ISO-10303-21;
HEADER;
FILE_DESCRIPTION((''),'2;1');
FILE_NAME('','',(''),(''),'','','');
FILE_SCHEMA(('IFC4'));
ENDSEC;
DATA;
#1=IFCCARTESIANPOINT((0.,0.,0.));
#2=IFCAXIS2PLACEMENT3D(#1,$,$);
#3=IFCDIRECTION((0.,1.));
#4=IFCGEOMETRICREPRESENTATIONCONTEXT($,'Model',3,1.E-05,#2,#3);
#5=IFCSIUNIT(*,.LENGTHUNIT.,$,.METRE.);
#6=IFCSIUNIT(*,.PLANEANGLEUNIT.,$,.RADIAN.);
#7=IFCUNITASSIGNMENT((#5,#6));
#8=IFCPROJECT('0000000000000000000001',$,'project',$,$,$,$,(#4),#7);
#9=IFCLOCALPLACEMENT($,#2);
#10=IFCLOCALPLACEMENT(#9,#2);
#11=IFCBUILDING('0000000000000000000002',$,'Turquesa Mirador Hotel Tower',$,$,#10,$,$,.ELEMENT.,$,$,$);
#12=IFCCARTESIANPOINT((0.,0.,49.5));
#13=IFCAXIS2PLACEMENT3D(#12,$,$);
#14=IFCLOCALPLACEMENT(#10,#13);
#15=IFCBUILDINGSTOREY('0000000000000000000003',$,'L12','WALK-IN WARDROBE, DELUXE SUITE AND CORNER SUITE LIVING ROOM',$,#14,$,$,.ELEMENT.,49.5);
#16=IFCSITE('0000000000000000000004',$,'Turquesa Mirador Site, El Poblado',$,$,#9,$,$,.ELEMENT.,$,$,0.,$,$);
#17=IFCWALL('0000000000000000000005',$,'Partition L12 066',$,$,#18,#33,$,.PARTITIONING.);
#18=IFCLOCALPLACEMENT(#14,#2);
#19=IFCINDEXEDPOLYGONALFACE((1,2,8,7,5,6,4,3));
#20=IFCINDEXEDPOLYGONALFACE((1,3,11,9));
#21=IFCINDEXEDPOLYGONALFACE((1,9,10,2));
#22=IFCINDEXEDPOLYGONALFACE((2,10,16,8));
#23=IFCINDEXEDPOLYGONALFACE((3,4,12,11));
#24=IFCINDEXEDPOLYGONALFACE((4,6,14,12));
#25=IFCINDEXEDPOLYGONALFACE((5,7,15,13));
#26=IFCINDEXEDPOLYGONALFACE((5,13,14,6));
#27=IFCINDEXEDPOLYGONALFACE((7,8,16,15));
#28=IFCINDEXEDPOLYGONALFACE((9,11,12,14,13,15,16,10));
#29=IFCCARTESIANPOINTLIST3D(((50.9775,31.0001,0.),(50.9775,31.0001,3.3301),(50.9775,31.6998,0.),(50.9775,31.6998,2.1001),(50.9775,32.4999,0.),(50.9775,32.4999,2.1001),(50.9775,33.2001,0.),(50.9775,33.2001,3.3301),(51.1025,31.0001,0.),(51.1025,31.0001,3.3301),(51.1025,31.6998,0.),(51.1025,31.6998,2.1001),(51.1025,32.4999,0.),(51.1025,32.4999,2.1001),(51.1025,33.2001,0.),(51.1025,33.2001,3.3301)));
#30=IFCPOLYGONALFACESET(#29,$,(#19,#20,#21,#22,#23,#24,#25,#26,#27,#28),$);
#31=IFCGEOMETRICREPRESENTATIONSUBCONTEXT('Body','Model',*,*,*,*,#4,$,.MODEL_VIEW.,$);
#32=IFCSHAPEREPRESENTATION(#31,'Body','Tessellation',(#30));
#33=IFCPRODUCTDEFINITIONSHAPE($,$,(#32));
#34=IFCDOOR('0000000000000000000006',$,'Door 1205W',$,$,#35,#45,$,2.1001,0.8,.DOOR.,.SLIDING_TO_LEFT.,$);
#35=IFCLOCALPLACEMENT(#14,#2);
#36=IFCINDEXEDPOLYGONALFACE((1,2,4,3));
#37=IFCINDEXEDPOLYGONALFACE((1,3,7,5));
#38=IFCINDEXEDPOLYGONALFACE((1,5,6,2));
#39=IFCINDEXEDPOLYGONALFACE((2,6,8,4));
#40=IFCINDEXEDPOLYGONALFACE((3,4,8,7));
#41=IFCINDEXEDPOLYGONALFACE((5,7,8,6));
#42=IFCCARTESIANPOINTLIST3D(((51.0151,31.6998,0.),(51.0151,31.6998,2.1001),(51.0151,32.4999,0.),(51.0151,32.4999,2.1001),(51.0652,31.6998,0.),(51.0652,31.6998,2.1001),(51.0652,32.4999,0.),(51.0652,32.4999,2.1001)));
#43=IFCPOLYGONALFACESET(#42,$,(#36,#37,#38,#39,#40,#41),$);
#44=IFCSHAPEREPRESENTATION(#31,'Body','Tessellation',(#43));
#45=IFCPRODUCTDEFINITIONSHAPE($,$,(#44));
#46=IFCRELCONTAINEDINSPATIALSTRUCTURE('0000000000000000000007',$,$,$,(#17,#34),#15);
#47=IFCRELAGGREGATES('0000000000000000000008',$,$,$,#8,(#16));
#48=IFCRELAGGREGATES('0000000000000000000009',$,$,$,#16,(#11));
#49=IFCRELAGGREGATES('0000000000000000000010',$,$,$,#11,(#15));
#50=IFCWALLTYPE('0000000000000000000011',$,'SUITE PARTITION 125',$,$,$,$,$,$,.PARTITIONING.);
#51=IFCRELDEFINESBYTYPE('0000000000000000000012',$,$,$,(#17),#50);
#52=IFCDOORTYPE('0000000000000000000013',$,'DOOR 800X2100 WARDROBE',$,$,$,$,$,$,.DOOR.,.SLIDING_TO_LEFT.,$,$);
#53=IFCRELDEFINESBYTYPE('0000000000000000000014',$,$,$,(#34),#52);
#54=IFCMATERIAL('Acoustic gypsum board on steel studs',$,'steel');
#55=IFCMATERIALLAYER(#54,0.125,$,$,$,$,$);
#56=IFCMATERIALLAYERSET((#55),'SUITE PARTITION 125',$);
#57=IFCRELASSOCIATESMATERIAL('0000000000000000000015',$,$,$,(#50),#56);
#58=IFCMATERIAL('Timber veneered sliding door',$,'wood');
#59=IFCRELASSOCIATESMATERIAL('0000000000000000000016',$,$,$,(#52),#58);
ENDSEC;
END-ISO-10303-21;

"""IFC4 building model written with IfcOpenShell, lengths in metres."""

from ifc_helpers import new_model, si_unit, direction, frame, frame_2d, origin, place, context, subcontext, project, spatial, rectangle, extrude, material, layer, layer_set, type_object, element, fill, save


model = new_model("IFC4")

# Units and contexts
model_context = context("Model", 3, precision=1e-05, world=origin(), true_north=direction((0.0, 1.0)))
body_context = subcontext(model_context, "Body", "Model", "MODEL_VIEW")
ifc_project = project(units=[si_unit("LENGTHUNIT", "METRE"), si_unit("PLANEANGLEUNIT", "RADIAN")], contexts=[model_context])

# Site, building, storey
site_placement = place(None, origin())
site = spatial("IfcSite", under=ifc_project, at=site_placement, Name="Turquesa Mirador Site, El Poblado", CompositionType="ELEMENT", RefElevation=0.0)
building_placement = place(site_placement, origin())
building = spatial("IfcBuilding", under=site, at=building_placement, Name="Turquesa Mirador Hotel Tower", CompositionType="ELEMENT")
storey_placement = place(building_placement, frame((0.0, 0.0, 49.5)))
storey = spatial("IfcBuildingStorey", under=building, at=storey_placement, Name="L12", Description="WALK-IN WARDROBE, DELUXE SUITE AND CORNER SUITE LIVING ROOM", CompositionType="ELEMENT", Elevation=49.5)

# Shared definitions
ifc_material_1 = material(Name="Acoustic gypsum board on steel studs", Category="steel")
ifc_layer_1 = layer(ifc_material_1, 0.125)
ifc_layer_set_1 = layer_set([ifc_layer_1], Name="SUITE PARTITION 125")
wall_type_1 = type_object("IfcWallType", Name="SUITE PARTITION 125", PredefinedType="PARTITIONING", material=ifc_layer_set_1)

# Wall, opening, door
wall_1_placement = place(storey_placement, frame((51.04, 31.0, 0.0), z_axis=(0.0, 0.0, 1.0), x_axis=(0.0, 1.0, 0.0)))
wall_1 = element("IfcWall", 1, at=wall_1_placement, inside=storey, type_object=wall_type_1, Name="Partition L12 066", PredefinedType="PARTITIONING", context=body_context, shape_type="SweptSolid", body=[
    extrude(rectangle(XDim=2.2, YDim=0.125, at=frame_2d((1.1001, 0.0))), origin(), (0.0, 0.0, 1.0), 3.3301),
])
opening_1_placement = place(wall_1_placement, frame((0.7, 0.0, 0.0)))
opening_1 = element("IfcOpeningElement", 2, at=opening_1_placement, cuts=wall_1, PredefinedType="OPENING", context=body_context, shape_type="SweptSolid", body=[
    extrude(rectangle(XDim=0.8, YDim=2.1001, at=frame_2d((0.3999, 1.05))), frame((0.0, 0.0725, 0.0), z_axis=(0.0, -1.0, 0.0), x_axis=(1.0, 0.0, 0.0)), (0.0, 0.0, 1.0), 0.145),
])
ifc_material_2 = material(Name="Timber veneered sliding door", Category="wood")
door_type_1 = type_object("IfcDoorType", Name="DOOR 800X2100 WARDROBE", OperationType="SLIDING_TO_LEFT", PredefinedType="DOOR", material=ifc_material_2)
door_1_placement = place(opening_1_placement, origin())
door_1 = element("IfcDoor", 3, at=door_1_placement, inside=storey, type_object=door_type_1, Name="Door 1205W", OperationType="SLIDING_TO_LEFT", OverallHeight=2.1001, OverallWidth=0.8, PredefinedType="DOOR", context=body_context, shape_type="SweptSolid", body=[
    extrude(rectangle(XDim=0.8, YDim=2.1001, at=frame_2d((0.3999, 1.05))), frame((0.0, 0.0249, 0.0), z_axis=(0.0, -1.0, 0.0), x_axis=(1.0, 0.0, 0.0)), (0.0, 0.0, 1.0), 0.05),
])
fill(opening_1, door_1)

save(model, "model.ifc")
